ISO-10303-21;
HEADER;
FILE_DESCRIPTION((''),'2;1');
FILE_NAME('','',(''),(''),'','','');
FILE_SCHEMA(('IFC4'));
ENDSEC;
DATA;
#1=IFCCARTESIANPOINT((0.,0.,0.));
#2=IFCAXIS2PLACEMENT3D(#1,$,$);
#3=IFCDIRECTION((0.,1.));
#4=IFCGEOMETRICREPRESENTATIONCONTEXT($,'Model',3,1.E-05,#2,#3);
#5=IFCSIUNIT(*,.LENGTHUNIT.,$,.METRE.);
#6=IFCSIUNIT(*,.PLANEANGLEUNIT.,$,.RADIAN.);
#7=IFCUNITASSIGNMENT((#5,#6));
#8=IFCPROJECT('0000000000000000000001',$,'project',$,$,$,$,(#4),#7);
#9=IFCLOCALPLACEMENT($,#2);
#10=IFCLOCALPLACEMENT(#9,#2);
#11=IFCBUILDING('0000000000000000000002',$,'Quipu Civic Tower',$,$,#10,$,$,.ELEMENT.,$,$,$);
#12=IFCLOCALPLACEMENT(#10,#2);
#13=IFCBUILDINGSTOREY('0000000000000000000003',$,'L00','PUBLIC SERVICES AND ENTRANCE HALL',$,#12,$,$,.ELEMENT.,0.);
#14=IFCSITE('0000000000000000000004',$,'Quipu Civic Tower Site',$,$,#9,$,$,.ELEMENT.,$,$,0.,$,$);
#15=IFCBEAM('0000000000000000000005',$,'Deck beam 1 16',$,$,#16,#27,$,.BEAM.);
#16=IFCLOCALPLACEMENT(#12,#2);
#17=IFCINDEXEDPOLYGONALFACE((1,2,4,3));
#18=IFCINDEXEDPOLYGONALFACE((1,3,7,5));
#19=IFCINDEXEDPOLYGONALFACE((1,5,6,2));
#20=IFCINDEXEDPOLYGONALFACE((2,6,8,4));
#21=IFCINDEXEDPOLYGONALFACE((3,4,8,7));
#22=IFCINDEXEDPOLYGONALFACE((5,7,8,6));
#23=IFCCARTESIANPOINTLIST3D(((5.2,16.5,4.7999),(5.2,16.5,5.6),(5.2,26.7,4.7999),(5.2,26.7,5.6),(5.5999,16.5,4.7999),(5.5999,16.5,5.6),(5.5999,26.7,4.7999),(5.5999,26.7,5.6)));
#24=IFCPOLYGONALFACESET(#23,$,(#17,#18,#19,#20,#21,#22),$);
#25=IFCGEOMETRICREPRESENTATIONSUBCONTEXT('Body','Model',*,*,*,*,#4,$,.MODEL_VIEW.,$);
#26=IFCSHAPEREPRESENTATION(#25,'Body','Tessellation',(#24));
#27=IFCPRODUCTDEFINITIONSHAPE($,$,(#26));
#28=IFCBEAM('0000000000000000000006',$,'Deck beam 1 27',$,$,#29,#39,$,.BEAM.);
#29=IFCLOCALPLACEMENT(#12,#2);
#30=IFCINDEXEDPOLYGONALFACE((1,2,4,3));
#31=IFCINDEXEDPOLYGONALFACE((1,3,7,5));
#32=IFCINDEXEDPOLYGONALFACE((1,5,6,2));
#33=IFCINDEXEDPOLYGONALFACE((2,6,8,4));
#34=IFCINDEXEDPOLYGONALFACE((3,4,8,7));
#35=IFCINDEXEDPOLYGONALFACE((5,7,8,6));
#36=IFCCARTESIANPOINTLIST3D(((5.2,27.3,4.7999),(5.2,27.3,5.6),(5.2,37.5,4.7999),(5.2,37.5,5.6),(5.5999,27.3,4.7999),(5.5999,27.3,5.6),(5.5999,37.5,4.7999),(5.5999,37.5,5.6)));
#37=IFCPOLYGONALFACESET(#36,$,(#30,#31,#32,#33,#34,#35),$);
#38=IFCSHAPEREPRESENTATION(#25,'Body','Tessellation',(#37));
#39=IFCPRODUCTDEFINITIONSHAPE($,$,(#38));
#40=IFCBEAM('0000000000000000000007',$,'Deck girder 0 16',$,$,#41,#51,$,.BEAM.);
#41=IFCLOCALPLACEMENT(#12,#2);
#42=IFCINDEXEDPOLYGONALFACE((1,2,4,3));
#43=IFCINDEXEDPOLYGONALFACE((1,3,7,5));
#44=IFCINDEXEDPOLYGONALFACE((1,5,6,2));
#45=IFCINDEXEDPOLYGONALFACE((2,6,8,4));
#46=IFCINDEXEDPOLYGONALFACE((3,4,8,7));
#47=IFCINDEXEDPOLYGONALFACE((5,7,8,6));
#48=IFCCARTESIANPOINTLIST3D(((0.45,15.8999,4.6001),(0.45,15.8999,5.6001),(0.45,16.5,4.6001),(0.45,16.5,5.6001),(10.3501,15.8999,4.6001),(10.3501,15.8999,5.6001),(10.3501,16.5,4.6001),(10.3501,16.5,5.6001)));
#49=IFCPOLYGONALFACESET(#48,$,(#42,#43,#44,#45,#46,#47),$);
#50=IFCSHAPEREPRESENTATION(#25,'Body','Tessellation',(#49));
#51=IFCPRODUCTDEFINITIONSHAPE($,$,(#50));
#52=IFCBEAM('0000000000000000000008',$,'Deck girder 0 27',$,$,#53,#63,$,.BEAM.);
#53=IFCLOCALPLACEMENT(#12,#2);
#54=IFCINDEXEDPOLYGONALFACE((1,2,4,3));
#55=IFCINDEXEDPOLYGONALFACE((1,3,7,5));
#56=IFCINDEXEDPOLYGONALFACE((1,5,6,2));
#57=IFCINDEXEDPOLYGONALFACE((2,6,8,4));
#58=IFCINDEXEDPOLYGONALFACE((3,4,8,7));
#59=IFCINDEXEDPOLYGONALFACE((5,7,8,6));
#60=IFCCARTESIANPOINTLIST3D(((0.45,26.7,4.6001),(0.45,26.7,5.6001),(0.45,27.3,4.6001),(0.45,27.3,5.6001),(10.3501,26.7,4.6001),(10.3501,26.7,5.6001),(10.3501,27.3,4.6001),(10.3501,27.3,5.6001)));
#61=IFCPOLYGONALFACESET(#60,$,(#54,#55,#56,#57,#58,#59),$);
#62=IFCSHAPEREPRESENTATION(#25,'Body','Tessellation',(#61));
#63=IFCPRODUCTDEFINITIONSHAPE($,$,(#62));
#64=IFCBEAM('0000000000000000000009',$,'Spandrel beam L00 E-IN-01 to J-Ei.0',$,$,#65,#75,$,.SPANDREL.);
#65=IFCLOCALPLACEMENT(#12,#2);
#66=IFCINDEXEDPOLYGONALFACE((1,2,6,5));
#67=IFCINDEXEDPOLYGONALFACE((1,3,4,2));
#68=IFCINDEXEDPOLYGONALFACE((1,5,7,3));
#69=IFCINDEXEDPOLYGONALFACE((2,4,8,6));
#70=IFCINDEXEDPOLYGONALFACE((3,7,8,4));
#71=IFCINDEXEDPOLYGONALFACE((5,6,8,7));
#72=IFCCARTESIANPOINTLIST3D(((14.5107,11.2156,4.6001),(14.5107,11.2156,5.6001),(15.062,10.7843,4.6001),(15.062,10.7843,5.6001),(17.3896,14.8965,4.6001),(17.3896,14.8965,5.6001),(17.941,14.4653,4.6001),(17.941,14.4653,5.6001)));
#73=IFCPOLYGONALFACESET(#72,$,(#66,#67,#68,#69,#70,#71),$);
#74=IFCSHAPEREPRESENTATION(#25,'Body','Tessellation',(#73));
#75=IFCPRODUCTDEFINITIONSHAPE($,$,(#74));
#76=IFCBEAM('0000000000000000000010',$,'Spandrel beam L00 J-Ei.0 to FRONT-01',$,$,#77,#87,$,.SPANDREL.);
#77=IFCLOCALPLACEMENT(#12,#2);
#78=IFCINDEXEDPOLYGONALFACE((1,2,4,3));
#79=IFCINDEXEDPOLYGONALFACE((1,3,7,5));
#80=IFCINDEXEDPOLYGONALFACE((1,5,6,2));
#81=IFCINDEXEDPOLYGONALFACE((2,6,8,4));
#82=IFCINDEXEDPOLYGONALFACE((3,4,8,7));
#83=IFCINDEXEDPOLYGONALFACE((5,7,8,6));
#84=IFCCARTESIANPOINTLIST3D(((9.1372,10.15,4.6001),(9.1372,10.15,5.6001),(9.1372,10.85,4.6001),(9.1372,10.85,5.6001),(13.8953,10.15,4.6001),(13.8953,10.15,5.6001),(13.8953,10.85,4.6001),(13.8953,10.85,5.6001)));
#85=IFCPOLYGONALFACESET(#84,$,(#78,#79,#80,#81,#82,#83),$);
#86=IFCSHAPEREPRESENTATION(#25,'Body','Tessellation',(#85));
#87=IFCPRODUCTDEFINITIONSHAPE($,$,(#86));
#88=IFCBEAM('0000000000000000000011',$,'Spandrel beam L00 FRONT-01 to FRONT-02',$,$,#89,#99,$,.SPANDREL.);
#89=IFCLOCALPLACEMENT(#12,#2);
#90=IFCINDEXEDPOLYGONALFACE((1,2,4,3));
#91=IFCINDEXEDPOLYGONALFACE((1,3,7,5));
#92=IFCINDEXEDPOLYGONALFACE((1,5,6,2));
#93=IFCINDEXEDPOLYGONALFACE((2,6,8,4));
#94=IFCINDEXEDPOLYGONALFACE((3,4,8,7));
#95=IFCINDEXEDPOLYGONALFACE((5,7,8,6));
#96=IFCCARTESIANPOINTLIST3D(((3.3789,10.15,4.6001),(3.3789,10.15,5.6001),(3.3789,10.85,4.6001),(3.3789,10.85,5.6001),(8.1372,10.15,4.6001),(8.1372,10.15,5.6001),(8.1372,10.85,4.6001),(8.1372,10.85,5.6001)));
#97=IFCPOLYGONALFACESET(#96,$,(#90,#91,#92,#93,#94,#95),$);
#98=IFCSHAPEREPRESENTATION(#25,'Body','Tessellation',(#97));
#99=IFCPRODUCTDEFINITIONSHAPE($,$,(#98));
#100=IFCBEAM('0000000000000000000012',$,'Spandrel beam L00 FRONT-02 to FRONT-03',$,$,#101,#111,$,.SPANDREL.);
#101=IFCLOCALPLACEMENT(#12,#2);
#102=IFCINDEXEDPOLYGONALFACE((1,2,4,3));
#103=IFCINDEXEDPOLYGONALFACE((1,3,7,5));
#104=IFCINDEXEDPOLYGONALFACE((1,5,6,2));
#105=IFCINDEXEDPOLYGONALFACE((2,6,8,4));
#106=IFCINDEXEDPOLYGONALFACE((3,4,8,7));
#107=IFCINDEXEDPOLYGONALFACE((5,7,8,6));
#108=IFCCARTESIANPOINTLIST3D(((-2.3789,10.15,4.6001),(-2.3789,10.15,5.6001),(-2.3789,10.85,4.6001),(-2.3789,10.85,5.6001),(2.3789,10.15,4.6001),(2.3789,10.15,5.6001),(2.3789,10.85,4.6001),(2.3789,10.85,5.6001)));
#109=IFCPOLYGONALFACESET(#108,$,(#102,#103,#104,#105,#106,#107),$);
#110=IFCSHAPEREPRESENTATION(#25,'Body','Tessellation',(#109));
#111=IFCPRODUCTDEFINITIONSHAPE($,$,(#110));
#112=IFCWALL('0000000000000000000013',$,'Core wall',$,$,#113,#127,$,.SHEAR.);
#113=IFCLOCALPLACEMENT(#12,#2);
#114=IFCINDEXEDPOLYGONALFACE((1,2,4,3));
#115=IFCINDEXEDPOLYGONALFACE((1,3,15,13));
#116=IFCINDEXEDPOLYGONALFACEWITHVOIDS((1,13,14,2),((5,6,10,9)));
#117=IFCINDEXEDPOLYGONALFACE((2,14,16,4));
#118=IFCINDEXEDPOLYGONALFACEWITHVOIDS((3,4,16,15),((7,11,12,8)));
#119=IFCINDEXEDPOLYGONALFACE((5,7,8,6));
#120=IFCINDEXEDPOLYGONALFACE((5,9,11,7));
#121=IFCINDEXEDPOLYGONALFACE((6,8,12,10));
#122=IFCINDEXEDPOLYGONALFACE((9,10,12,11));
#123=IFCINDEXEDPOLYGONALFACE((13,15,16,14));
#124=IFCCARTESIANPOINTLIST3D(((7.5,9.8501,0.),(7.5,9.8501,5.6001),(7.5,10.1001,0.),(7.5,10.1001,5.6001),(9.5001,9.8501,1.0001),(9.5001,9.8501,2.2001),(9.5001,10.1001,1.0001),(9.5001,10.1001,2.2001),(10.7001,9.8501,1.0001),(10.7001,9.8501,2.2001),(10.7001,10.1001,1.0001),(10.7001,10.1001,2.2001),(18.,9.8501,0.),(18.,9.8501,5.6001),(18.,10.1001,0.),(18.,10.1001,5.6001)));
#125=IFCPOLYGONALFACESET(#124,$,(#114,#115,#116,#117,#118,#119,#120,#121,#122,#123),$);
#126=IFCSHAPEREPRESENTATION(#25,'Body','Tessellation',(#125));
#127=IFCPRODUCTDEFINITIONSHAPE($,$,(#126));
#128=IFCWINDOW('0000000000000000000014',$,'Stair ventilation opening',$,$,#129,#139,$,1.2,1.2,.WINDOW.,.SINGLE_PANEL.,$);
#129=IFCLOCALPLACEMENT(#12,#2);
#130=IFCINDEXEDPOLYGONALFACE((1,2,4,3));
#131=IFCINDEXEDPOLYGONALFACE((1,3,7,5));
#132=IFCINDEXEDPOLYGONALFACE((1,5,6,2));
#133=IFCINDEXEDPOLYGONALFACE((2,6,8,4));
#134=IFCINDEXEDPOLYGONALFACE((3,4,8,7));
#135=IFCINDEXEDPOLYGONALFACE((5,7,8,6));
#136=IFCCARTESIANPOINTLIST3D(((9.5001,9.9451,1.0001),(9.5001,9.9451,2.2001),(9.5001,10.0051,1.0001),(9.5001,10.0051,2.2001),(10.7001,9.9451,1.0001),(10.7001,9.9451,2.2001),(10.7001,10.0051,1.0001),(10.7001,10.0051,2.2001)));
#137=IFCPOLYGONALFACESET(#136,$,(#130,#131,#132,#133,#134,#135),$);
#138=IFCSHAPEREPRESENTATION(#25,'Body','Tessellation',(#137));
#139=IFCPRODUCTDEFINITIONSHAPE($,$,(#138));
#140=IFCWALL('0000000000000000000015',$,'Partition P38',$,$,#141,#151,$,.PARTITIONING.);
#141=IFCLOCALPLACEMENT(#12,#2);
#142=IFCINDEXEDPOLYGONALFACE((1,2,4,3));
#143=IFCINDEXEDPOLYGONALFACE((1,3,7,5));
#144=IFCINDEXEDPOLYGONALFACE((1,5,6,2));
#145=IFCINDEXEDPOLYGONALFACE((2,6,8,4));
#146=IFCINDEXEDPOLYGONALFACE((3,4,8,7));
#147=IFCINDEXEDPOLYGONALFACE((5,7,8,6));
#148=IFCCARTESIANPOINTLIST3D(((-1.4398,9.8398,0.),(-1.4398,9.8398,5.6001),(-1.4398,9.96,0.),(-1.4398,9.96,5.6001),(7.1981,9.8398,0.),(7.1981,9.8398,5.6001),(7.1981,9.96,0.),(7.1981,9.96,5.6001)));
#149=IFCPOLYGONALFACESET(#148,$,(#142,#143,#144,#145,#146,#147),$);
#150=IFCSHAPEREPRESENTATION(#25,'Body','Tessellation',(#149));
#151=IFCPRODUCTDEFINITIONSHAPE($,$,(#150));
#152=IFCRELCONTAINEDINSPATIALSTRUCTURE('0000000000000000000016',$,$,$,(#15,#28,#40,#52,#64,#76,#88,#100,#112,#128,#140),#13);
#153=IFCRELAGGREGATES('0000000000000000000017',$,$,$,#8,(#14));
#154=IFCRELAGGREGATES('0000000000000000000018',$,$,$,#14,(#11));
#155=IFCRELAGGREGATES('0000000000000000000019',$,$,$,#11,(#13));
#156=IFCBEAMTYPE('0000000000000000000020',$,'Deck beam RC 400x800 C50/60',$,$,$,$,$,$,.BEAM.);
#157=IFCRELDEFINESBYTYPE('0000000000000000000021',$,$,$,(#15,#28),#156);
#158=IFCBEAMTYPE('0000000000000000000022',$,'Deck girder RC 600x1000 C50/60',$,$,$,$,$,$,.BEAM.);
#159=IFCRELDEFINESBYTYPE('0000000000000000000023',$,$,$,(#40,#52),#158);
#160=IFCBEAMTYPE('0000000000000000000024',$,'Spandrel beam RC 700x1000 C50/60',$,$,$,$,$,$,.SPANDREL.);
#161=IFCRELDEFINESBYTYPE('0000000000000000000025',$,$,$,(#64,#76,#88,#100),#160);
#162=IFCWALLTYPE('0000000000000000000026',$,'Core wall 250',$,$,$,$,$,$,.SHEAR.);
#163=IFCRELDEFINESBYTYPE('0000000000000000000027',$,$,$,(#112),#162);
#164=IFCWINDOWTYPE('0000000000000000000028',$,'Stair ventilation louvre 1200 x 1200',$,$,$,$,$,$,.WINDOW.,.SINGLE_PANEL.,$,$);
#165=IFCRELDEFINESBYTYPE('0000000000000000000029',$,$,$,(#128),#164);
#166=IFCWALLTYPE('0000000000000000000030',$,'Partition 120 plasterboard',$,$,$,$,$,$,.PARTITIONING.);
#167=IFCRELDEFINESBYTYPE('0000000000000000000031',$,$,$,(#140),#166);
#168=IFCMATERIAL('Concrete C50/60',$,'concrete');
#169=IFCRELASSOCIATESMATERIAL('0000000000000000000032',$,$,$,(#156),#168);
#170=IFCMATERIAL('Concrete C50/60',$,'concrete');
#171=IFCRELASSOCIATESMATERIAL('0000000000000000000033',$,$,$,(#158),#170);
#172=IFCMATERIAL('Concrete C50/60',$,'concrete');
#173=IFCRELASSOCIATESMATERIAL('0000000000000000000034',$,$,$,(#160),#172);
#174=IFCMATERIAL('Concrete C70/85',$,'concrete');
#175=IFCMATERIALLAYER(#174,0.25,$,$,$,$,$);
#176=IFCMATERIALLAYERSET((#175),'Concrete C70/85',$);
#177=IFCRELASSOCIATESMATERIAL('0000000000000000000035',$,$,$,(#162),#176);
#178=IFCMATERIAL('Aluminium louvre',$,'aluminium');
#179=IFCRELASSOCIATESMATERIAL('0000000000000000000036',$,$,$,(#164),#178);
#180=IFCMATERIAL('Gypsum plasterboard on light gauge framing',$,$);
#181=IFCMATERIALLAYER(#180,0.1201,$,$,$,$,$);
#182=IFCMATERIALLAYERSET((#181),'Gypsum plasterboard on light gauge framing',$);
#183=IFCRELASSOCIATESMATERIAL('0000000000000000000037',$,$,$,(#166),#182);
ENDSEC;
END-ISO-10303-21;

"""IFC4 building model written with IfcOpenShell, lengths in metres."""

from ifc_helpers import new_model, si_unit, direction, frame, frame_2d, origin, origin_2d, place, context, subcontext, project, spatial, rectangle, extrude, material, layer, layer_set, material_profile, profile_set, type_object, element, fill, save


model = new_model("IFC4")

# Units and contexts
model_context = context("Model", 3, precision=1e-05, world=origin(), true_north=direction((0.0, 1.0)))
body_context = subcontext(model_context, "Body", "Model", "MODEL_VIEW")
ifc_project = project(units=[si_unit("LENGTHUNIT", "METRE"), si_unit("PLANEANGLEUNIT", "RADIAN")], contexts=[model_context])

# Site, building, storey
site_placement = place(None, origin())
site = spatial("IfcSite", under=ifc_project, at=site_placement, Name="Quipu Civic Tower Site", CompositionType="ELEMENT", RefElevation=0.0)
building_placement = place(site_placement, origin())
building = spatial("IfcBuilding", under=site, at=building_placement, Name="Quipu Civic Tower", CompositionType="ELEMENT")
storey_placement = place(building_placement, origin())
storey = spatial("IfcBuildingStorey", under=building, at=storey_placement, Name="L00", Description="PUBLIC SERVICES AND ENTRANCE HALL", CompositionType="ELEMENT", Elevation=0.0)

# Beams
ifc_material_1 = material(Name="Concrete C50/60", Category="concrete")
ifc_material_profile_1 = material_profile(ifc_material_1, rectangle(XDim=0.3999, YDim=0.8, at=origin_2d()), Name="RC400x800")
ifc_profile_set_1 = profile_set([ifc_material_profile_1], Name="Concrete C50/60")
beam_type_1 = type_object("IfcBeamType", Name="Deck beam RC 400x800 C50/60", PredefinedType="BEAM", material=ifc_profile_set_1)
for number, where, z_axis, x_axis, name in (
    (1, (5.3999, 16.5, 5.2), (0.0, 1.0, 0.0), (-1.0, 0.0, 0.0), "Deck beam 1 16"),
    (2, (5.3999, 27.3, 5.2), (0.0, 1.0, 0.0), (-1.0, 0.0, 0.0), "Deck beam 1 27"),
):
    element("IfcBeam", number, at=place(storey_placement, frame(where, z_axis=z_axis, x_axis=x_axis)), inside=storey, type_object=beam_type_1, Name=name, PredefinedType="BEAM", context=body_context, shape_type="SweptSolid", body=[
        extrude(rectangle(XDim=0.3999, YDim=0.8, at=origin_2d()), origin(), (0.0, 0.0, 1.0), 10.2),
    ])
ifc_material_2 = material(Name="Concrete C50/60", Category="concrete")
ifc_material_profile_2 = material_profile(ifc_material_2, rectangle(XDim=0.6001, YDim=1.0, at=origin_2d()), Name="RC600x1000")
ifc_profile_set_2 = profile_set([ifc_material_profile_2], Name="Concrete C50/60")
beam_type_2 = type_object("IfcBeamType", Name="Deck girder RC 600x1000 C50/60", PredefinedType="BEAM", material=ifc_profile_set_2)
for number, where, z_axis, x_axis, name in (
    (3, (0.45, 16.2, 5.1001), (1.0, 0.0, 0.0), (0.0, 1.0, 0.0), "Deck girder 0 16"),
    (4, (0.45, 27.0, 5.1001), (1.0, 0.0, 0.0), (0.0, 1.0, 0.0), "Deck girder 0 27"),
):
    element("IfcBeam", number, at=place(storey_placement, frame(where, z_axis=z_axis, x_axis=x_axis)), inside=storey, type_object=beam_type_2, Name=name, PredefinedType="BEAM", context=body_context, shape_type="SweptSolid", body=[
        extrude(rectangle(XDim=0.6001, YDim=1.0, at=origin_2d()), origin(), (0.0, 0.0, 1.0), 9.9001),
    ])
ifc_material_3 = material(Name="Concrete C50/60", Category="concrete")
ifc_material_profile_3 = material_profile(ifc_material_3, rectangle(XDim=0.7, YDim=1.0, at=origin_2d()), Name="RC700x1000")
ifc_profile_set_3 = profile_set([ifc_material_profile_3], Name="Concrete C50/60")
beam_type_3 = type_object("IfcBeamType", Name="Spandrel beam RC 700x1000 C50/60", PredefinedType="SPANDREL", material=ifc_profile_set_3)
beam_1_placement = place(storey_placement, frame((17.6653, 14.6809, 5.1001), z_axis=(-0.616069, -0.787692, 0.0), x_axis=(0.787692, -0.616069, 0.0)))
element("IfcBeam", 5, at=beam_1_placement, inside=storey, type_object=beam_type_3, Name="Spandrel beam L00 E-IN-01 to J-Ei.0", PredefinedType="SPANDREL", context=body_context, shape_type="SweptSolid", body=[
    extrude(rectangle(XDim=0.7, YDim=1.0, at=origin_2d()), origin(), (0.0, 0.0, 1.0), 4.6731),
])
beam_2_placement = place(storey_placement, frame((13.8953, 10.5, 5.1001), z_axis=(-1.0, 0.0, 0.0), x_axis=(0.0, -1.0, 0.0)))
element("IfcBeam", 6, at=beam_2_placement, inside=storey, type_object=beam_type_3, Name="Spandrel beam L00 J-Ei.0 to FRONT-01", PredefinedType="SPANDREL", context=body_context, shape_type="SweptSolid", body=[
    extrude(rectangle(XDim=0.7, YDim=1.0, at=origin_2d()), origin(), (0.0, 0.0, 1.0), 4.7581),
])
beam_3_placement = place(storey_placement, frame((8.1372, 10.5, 5.1001), z_axis=(-1.0, 0.0, 0.0), x_axis=(0.0, -1.0, 0.0)))
element("IfcBeam", 7, at=beam_3_placement, inside=storey, type_object=beam_type_3, Name="Spandrel beam L00 FRONT-01 to FRONT-02", PredefinedType="SPANDREL", context=body_context, shape_type="SweptSolid", body=[
    extrude(rectangle(XDim=0.7, YDim=1.0, at=origin_2d()), origin(), (0.0, 0.0, 1.0), 4.7583),
])
beam_4_placement = place(storey_placement, frame((2.3789, 10.5, 5.1001), z_axis=(-1.0, 0.0, 0.0), x_axis=(0.0, -1.0, 0.0)))
element("IfcBeam", 8, at=beam_4_placement, inside=storey, type_object=beam_type_3, Name="Spandrel beam L00 FRONT-02 to FRONT-03", PredefinedType="SPANDREL", context=body_context, shape_type="SweptSolid", body=[
    extrude(rectangle(XDim=0.7, YDim=1.0, at=origin_2d()), origin(), (0.0, 0.0, 1.0), 4.7578),
])

# Wall, opening, window
ifc_material_4 = material(Name="Concrete C70/85", Category="concrete")
ifc_layer_1 = layer(ifc_material_4, 0.25)
ifc_layer_set_1 = layer_set([ifc_layer_1], Name="Concrete C70/85")
wall_type_1 = type_object("IfcWallType", Name="Core wall 250", PredefinedType="SHEAR", material=ifc_layer_set_1)
wall_1_placement = place(storey_placement, frame((7.5, 9.9751, 0.0), z_axis=(0.0, 0.0, 1.0), x_axis=(1.0, 0.0, 0.0)))
wall_1 = element("IfcWall", 9, at=wall_1_placement, inside=storey, type_object=wall_type_1, Name="Core wall", PredefinedType="SHEAR", context=body_context, shape_type="SweptSolid", body=[
    extrude(rectangle(XDim=10.5, YDim=0.25, at=frame_2d((5.25, 0.0))), origin(), (0.0, 0.0, 1.0), 5.6001),
])
opening_placement = place(wall_1_placement, frame((2.0, 0.0, 1.0)))
opening = element("IfcOpeningElement", 10, at=opening_placement, cuts=wall_1, PredefinedType="OPENING", context=body_context, shape_type="SweptSolid", body=[
    extrude(rectangle(XDim=1.2, YDim=1.2, at=frame_2d((0.6001, 0.6001))), frame((0.0, 0.135, 0.0), z_axis=(0.0, -1.0, 0.0), x_axis=(1.0, 0.0, 0.0)), (0.0, 0.0, 1.0), 0.27),
])
ifc_material_5 = material(Name="Aluminium louvre", Category="aluminium")
window_type = type_object("IfcWindowType", Name="Stair ventilation louvre 1200 x 1200", PartitioningType="SINGLE_PANEL", PredefinedType="WINDOW", material=ifc_material_5)
window_placement = place(opening_placement, origin())
window = element("IfcWindow", 11, at=window_placement, inside=storey, type_object=window_type, Name="Stair ventilation opening", OverallHeight=1.2, OverallWidth=1.2, PartitioningType="SINGLE_PANEL", PredefinedType="WINDOW", context=body_context, shape_type="SweptSolid", body=[
    extrude(rectangle(XDim=1.2, YDim=1.2, at=frame_2d((0.6001, 0.6001))), frame((0.0, 0.03, 0.0), z_axis=(0.0, -1.0, 0.0), x_axis=(1.0, 0.0, 0.0)), (0.0, 0.0, 1.0), 0.0601),
])
fill(opening, window)

# Wall
ifc_material_6 = material(Name="Gypsum plasterboard on light gauge framing")
ifc_layer_2 = layer(ifc_material_6, 0.1201)
ifc_layer_set_2 = layer_set([ifc_layer_2], Name="Gypsum plasterboard on light gauge framing")
wall_type_2 = type_object("IfcWallType", Name="Partition 120 plasterboard", PredefinedType="PARTITIONING", material=ifc_layer_set_2)
wall_2_placement = place(storey_placement, frame((7.198, 9.8999, 0.0), z_axis=(0.0, 0.0, 1.0), x_axis=(-1.0, 0.0, 0.0)))
element("IfcWall", 12, at=wall_2_placement, inside=storey, type_object=wall_type_2, Name="Partition P38", PredefinedType="PARTITIONING", context=body_context, shape_type="SweptSolid", body=[
    extrude(rectangle(XDim=8.6379, YDim=0.1201, at=frame_2d((4.3188, 0.0))), origin(), (0.0, 0.0, 1.0), 5.6001),
])

save(model, "model.ifc")
